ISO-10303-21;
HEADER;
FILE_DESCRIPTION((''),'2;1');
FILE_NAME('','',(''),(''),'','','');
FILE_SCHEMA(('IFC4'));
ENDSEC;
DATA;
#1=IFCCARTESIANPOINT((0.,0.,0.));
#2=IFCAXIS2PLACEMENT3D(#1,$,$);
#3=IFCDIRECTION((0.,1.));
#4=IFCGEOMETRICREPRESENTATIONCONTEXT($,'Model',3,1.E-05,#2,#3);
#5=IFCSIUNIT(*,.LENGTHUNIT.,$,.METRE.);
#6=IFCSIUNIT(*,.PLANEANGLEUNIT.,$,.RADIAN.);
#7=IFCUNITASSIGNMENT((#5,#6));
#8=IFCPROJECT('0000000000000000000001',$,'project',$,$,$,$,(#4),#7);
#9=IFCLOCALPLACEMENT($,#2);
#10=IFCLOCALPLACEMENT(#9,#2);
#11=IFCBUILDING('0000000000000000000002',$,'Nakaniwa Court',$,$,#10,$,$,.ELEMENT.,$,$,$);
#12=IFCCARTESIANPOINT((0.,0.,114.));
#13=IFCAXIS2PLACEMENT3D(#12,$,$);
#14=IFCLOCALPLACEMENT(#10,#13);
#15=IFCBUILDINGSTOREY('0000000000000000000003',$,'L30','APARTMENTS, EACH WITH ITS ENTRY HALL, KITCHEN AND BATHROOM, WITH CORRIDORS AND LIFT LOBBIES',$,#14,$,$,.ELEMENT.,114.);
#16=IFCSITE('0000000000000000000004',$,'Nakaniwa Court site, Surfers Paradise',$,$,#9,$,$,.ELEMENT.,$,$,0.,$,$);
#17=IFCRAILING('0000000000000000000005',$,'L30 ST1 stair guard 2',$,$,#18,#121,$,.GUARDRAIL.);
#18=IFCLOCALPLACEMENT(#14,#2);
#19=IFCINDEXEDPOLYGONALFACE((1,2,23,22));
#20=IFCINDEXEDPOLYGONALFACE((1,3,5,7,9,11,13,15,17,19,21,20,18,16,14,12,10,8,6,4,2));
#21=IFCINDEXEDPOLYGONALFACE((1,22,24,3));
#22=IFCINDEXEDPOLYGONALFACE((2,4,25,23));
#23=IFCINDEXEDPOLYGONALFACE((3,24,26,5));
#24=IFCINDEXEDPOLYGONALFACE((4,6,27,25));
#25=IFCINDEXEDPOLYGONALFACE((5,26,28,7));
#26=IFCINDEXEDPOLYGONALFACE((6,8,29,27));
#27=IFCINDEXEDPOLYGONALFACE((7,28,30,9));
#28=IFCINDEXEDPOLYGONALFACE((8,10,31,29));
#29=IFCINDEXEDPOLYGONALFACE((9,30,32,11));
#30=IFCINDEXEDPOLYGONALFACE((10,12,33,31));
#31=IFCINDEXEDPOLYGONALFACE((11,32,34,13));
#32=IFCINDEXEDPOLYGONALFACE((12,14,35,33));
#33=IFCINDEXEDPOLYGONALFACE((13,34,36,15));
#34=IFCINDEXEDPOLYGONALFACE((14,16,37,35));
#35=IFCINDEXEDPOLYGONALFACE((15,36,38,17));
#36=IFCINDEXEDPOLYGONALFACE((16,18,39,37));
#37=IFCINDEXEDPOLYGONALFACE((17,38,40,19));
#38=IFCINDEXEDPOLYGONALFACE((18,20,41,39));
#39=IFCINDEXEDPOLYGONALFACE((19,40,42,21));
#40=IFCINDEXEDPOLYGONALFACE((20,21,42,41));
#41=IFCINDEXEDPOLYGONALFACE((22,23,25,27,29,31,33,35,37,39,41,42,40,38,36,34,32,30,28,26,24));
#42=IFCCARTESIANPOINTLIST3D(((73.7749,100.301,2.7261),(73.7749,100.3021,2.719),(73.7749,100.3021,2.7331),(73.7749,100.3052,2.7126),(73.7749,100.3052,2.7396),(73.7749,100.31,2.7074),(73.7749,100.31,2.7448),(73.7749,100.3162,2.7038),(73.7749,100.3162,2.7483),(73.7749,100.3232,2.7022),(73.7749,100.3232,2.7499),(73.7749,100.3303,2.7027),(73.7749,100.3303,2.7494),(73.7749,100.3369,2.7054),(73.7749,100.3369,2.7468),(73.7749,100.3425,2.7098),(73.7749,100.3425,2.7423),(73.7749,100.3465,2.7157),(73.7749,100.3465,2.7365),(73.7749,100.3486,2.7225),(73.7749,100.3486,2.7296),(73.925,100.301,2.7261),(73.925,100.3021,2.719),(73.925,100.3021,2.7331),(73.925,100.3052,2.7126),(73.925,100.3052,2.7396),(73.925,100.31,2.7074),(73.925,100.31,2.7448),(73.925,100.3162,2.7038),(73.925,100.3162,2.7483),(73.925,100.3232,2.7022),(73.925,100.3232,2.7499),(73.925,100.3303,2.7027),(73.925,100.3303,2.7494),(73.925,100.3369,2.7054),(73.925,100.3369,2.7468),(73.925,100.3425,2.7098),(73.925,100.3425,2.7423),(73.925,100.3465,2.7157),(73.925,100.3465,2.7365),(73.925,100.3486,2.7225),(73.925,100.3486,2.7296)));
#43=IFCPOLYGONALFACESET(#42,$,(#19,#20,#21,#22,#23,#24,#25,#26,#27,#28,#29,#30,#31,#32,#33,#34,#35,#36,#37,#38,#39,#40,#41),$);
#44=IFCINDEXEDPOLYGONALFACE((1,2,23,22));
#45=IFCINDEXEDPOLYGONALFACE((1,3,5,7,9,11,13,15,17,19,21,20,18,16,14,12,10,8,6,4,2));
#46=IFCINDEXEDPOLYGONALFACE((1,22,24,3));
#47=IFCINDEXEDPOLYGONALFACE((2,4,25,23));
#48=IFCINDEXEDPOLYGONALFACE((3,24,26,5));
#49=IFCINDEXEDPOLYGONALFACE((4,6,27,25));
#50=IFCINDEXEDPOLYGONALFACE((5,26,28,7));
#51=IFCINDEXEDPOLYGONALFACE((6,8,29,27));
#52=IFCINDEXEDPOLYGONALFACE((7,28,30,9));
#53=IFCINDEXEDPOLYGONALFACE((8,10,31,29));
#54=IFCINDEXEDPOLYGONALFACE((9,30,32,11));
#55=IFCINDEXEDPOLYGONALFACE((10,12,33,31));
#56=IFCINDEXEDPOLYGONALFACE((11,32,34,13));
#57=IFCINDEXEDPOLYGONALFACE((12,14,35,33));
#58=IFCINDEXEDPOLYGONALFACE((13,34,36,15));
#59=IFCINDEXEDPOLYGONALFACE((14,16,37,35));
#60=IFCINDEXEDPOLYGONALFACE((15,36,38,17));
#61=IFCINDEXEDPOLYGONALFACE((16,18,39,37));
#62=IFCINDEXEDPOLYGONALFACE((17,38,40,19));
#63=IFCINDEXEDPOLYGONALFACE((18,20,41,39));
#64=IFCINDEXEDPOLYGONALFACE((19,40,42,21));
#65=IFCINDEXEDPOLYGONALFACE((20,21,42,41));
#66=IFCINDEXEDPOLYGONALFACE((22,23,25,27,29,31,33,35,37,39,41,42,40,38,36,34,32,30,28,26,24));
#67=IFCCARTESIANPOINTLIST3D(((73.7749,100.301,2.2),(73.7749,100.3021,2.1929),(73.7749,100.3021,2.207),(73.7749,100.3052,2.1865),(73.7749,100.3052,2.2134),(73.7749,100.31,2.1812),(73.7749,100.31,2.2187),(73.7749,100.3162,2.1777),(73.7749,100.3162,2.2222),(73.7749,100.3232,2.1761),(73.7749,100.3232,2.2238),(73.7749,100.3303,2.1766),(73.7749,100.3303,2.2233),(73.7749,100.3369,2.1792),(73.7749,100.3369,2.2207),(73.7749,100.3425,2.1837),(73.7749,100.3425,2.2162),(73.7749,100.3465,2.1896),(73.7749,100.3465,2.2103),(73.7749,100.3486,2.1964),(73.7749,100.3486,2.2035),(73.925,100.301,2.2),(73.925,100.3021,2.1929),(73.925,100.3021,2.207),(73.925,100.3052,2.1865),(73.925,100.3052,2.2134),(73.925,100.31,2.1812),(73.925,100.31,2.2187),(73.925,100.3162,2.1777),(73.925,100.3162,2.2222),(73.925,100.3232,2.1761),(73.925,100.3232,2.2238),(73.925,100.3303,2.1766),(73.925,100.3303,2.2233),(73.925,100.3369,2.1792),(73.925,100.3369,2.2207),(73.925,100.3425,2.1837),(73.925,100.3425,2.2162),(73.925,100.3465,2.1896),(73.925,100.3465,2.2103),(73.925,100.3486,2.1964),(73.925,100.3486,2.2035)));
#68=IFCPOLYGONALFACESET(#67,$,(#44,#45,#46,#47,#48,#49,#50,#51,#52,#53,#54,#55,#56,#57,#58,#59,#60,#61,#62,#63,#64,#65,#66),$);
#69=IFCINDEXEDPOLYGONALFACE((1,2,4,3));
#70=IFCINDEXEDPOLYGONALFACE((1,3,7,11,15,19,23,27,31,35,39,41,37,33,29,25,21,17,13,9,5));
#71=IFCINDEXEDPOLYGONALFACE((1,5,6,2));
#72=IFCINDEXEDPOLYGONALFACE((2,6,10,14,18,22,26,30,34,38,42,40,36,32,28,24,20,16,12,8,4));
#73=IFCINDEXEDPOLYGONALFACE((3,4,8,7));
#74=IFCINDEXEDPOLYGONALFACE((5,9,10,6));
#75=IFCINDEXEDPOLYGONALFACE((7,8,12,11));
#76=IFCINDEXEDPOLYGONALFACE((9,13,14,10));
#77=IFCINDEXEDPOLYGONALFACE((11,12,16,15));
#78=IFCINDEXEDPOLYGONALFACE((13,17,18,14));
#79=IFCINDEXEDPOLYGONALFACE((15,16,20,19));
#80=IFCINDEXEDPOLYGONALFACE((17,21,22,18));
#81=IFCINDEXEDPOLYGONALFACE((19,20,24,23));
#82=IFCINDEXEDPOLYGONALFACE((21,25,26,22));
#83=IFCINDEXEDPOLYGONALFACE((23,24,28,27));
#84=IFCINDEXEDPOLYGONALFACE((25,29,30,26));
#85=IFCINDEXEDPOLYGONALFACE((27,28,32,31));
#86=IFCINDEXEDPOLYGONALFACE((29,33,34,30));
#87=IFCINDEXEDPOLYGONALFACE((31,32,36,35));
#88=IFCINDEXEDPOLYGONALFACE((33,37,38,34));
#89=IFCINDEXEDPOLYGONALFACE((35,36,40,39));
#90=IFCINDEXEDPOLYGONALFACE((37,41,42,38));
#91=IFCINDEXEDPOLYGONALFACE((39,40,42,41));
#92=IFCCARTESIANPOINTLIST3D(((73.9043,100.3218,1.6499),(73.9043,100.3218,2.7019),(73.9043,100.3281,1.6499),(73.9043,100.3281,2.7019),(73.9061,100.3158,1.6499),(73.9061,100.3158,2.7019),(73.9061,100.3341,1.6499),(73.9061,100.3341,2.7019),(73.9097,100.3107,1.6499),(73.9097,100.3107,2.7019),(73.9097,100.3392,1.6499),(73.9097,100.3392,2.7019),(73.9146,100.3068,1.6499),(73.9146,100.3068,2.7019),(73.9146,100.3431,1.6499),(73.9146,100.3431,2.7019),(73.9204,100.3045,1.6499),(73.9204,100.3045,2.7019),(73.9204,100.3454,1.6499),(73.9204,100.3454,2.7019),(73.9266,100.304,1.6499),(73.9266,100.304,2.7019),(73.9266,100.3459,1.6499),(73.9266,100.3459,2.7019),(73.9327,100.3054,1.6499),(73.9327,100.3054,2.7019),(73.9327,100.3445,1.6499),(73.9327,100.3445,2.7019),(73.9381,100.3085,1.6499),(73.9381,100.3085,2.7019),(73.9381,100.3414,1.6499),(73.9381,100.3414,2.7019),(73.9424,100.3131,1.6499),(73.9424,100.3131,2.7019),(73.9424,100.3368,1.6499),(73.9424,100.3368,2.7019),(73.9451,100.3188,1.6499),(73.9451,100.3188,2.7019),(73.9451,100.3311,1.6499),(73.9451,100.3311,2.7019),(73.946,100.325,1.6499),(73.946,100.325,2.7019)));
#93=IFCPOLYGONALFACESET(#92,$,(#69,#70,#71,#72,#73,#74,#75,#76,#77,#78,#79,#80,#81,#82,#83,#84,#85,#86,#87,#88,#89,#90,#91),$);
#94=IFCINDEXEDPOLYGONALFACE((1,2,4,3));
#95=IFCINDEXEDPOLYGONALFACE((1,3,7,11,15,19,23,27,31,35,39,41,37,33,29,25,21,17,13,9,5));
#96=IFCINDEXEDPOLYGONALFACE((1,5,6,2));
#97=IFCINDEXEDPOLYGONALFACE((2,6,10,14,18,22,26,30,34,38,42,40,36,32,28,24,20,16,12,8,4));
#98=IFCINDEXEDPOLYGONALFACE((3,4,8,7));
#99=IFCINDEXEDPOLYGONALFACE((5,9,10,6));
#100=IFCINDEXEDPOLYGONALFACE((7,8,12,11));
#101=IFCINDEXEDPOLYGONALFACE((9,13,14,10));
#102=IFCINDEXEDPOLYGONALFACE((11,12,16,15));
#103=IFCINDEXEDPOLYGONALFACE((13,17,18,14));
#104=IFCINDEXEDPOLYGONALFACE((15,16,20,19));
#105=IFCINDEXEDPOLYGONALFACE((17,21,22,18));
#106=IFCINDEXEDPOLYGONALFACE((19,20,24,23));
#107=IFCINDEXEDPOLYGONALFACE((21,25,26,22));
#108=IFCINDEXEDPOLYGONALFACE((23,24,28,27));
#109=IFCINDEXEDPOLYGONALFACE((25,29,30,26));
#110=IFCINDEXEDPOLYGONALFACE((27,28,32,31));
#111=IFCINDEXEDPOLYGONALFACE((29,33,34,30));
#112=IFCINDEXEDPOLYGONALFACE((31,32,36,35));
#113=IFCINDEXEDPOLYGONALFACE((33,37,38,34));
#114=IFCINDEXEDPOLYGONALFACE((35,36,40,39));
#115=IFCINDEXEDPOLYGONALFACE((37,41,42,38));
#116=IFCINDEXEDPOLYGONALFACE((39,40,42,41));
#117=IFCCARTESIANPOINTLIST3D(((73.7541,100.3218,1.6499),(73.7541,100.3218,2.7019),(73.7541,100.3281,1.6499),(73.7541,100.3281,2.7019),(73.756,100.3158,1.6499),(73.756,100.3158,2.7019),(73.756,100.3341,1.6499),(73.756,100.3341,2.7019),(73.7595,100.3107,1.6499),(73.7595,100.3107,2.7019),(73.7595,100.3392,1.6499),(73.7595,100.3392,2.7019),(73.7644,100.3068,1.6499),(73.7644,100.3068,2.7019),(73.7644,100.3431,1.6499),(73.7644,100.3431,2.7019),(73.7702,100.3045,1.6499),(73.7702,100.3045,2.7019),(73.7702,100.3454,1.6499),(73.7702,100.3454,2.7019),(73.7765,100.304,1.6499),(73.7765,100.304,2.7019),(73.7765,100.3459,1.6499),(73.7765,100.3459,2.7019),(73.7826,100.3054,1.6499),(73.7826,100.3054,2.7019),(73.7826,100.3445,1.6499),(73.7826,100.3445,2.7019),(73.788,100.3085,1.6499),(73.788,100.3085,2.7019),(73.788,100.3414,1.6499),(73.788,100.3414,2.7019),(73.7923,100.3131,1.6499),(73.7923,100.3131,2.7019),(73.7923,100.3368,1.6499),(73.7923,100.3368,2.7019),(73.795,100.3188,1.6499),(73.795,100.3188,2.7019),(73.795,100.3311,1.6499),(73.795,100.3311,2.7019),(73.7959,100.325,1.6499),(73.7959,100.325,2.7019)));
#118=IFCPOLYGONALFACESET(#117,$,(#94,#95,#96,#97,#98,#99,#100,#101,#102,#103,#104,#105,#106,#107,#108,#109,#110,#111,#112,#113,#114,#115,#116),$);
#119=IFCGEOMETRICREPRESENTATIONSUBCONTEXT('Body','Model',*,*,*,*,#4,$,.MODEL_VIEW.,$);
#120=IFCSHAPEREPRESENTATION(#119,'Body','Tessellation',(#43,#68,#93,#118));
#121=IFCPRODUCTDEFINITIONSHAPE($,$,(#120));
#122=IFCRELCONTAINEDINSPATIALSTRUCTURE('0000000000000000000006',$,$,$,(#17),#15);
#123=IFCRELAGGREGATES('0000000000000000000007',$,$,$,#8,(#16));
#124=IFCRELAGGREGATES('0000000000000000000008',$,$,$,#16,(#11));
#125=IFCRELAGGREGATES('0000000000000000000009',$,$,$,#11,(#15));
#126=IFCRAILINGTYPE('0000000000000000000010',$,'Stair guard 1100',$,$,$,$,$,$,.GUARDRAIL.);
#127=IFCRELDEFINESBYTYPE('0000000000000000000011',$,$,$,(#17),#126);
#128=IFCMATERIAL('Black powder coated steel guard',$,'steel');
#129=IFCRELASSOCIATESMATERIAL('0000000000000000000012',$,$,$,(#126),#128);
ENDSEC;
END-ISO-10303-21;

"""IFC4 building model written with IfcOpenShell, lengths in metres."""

from ifc_helpers import new_model, si_unit, direction, frame, origin, origin_2d, place, context, subcontext, project, spatial, circle, extrude, material, type_object, element, save


model = new_model("IFC4")

# Units and contexts
model_context = context("Model", 3, precision=1e-05, world=origin(), true_north=direction((0.0, 1.0)))
body_context = subcontext(model_context, "Body", "Model", "MODEL_VIEW")
ifc_project = project(units=[si_unit("LENGTHUNIT", "METRE"), si_unit("PLANEANGLEUNIT", "RADIAN")], contexts=[model_context])

# Site, building, storey
site_placement = place(None, origin())
site = spatial("IfcSite", under=ifc_project, at=site_placement, Name="Nakaniwa Court site, Surfers Paradise", CompositionType="ELEMENT", RefElevation=0.0)
building_placement = place(site_placement, origin())
building = spatial("IfcBuilding", under=site, at=building_placement, Name="Nakaniwa Court", CompositionType="ELEMENT")
storey_placement = place(building_placement, frame((0.0, 0.0, 114.0)))
storey = spatial("IfcBuildingStorey", under=building, at=storey_placement, Name="L30", Description="APARTMENTS, EACH WITH ITS ENTRY HALL, KITCHEN AND BATHROOM, WITH CORRIDORS AND LIFT LOBBIES", CompositionType="ELEMENT", Elevation=114.0)

# Railing
ifc_material_1 = material(Name="Black powder coated steel guard", Category="steel")
railing_type_1 = type_object("IfcRailingType", Name="Stair guard 1100", PredefinedType="GUARDRAIL", material=ifc_material_1)
railing_1_placement = place(storey_placement, frame((73.925, 100.325, 1.6499)))
element("IfcRailing", 1, at=railing_1_placement, inside=storey, type_object=railing_type_1, Name="L30 ST1 stair guard 2", PredefinedType="GUARDRAIL", context=body_context, shape_type="SweptSolid", body=[
    extrude(circle(Radius=0.0239, at=origin_2d()), frame((0.0, 0.0, 1.0762), z_axis=(-1.0, 0.0, 0.0), x_axis=(0.0, -1.0, 0.0)), (0.0, 0.0, 1.0), 0.1501),
    extrude(circle(Radius=0.0239, at=origin_2d()), frame((0.0, 0.0, 0.55), z_axis=(-1.0, 0.0, 0.0), x_axis=(0.0, -1.0, 0.0)), (0.0, 0.0, 1.0), 0.1501),
    extrude(circle(Radius=0.021, at=origin_2d()), origin(), (0.0, 0.0, 1.0), 1.052),
    extrude(circle(Radius=0.021, at=origin_2d()), frame((-0.1501, 0.0, 0.0)), (0.0, 0.0, 1.0), 1.052),
])

save(model, "model.ifc")
